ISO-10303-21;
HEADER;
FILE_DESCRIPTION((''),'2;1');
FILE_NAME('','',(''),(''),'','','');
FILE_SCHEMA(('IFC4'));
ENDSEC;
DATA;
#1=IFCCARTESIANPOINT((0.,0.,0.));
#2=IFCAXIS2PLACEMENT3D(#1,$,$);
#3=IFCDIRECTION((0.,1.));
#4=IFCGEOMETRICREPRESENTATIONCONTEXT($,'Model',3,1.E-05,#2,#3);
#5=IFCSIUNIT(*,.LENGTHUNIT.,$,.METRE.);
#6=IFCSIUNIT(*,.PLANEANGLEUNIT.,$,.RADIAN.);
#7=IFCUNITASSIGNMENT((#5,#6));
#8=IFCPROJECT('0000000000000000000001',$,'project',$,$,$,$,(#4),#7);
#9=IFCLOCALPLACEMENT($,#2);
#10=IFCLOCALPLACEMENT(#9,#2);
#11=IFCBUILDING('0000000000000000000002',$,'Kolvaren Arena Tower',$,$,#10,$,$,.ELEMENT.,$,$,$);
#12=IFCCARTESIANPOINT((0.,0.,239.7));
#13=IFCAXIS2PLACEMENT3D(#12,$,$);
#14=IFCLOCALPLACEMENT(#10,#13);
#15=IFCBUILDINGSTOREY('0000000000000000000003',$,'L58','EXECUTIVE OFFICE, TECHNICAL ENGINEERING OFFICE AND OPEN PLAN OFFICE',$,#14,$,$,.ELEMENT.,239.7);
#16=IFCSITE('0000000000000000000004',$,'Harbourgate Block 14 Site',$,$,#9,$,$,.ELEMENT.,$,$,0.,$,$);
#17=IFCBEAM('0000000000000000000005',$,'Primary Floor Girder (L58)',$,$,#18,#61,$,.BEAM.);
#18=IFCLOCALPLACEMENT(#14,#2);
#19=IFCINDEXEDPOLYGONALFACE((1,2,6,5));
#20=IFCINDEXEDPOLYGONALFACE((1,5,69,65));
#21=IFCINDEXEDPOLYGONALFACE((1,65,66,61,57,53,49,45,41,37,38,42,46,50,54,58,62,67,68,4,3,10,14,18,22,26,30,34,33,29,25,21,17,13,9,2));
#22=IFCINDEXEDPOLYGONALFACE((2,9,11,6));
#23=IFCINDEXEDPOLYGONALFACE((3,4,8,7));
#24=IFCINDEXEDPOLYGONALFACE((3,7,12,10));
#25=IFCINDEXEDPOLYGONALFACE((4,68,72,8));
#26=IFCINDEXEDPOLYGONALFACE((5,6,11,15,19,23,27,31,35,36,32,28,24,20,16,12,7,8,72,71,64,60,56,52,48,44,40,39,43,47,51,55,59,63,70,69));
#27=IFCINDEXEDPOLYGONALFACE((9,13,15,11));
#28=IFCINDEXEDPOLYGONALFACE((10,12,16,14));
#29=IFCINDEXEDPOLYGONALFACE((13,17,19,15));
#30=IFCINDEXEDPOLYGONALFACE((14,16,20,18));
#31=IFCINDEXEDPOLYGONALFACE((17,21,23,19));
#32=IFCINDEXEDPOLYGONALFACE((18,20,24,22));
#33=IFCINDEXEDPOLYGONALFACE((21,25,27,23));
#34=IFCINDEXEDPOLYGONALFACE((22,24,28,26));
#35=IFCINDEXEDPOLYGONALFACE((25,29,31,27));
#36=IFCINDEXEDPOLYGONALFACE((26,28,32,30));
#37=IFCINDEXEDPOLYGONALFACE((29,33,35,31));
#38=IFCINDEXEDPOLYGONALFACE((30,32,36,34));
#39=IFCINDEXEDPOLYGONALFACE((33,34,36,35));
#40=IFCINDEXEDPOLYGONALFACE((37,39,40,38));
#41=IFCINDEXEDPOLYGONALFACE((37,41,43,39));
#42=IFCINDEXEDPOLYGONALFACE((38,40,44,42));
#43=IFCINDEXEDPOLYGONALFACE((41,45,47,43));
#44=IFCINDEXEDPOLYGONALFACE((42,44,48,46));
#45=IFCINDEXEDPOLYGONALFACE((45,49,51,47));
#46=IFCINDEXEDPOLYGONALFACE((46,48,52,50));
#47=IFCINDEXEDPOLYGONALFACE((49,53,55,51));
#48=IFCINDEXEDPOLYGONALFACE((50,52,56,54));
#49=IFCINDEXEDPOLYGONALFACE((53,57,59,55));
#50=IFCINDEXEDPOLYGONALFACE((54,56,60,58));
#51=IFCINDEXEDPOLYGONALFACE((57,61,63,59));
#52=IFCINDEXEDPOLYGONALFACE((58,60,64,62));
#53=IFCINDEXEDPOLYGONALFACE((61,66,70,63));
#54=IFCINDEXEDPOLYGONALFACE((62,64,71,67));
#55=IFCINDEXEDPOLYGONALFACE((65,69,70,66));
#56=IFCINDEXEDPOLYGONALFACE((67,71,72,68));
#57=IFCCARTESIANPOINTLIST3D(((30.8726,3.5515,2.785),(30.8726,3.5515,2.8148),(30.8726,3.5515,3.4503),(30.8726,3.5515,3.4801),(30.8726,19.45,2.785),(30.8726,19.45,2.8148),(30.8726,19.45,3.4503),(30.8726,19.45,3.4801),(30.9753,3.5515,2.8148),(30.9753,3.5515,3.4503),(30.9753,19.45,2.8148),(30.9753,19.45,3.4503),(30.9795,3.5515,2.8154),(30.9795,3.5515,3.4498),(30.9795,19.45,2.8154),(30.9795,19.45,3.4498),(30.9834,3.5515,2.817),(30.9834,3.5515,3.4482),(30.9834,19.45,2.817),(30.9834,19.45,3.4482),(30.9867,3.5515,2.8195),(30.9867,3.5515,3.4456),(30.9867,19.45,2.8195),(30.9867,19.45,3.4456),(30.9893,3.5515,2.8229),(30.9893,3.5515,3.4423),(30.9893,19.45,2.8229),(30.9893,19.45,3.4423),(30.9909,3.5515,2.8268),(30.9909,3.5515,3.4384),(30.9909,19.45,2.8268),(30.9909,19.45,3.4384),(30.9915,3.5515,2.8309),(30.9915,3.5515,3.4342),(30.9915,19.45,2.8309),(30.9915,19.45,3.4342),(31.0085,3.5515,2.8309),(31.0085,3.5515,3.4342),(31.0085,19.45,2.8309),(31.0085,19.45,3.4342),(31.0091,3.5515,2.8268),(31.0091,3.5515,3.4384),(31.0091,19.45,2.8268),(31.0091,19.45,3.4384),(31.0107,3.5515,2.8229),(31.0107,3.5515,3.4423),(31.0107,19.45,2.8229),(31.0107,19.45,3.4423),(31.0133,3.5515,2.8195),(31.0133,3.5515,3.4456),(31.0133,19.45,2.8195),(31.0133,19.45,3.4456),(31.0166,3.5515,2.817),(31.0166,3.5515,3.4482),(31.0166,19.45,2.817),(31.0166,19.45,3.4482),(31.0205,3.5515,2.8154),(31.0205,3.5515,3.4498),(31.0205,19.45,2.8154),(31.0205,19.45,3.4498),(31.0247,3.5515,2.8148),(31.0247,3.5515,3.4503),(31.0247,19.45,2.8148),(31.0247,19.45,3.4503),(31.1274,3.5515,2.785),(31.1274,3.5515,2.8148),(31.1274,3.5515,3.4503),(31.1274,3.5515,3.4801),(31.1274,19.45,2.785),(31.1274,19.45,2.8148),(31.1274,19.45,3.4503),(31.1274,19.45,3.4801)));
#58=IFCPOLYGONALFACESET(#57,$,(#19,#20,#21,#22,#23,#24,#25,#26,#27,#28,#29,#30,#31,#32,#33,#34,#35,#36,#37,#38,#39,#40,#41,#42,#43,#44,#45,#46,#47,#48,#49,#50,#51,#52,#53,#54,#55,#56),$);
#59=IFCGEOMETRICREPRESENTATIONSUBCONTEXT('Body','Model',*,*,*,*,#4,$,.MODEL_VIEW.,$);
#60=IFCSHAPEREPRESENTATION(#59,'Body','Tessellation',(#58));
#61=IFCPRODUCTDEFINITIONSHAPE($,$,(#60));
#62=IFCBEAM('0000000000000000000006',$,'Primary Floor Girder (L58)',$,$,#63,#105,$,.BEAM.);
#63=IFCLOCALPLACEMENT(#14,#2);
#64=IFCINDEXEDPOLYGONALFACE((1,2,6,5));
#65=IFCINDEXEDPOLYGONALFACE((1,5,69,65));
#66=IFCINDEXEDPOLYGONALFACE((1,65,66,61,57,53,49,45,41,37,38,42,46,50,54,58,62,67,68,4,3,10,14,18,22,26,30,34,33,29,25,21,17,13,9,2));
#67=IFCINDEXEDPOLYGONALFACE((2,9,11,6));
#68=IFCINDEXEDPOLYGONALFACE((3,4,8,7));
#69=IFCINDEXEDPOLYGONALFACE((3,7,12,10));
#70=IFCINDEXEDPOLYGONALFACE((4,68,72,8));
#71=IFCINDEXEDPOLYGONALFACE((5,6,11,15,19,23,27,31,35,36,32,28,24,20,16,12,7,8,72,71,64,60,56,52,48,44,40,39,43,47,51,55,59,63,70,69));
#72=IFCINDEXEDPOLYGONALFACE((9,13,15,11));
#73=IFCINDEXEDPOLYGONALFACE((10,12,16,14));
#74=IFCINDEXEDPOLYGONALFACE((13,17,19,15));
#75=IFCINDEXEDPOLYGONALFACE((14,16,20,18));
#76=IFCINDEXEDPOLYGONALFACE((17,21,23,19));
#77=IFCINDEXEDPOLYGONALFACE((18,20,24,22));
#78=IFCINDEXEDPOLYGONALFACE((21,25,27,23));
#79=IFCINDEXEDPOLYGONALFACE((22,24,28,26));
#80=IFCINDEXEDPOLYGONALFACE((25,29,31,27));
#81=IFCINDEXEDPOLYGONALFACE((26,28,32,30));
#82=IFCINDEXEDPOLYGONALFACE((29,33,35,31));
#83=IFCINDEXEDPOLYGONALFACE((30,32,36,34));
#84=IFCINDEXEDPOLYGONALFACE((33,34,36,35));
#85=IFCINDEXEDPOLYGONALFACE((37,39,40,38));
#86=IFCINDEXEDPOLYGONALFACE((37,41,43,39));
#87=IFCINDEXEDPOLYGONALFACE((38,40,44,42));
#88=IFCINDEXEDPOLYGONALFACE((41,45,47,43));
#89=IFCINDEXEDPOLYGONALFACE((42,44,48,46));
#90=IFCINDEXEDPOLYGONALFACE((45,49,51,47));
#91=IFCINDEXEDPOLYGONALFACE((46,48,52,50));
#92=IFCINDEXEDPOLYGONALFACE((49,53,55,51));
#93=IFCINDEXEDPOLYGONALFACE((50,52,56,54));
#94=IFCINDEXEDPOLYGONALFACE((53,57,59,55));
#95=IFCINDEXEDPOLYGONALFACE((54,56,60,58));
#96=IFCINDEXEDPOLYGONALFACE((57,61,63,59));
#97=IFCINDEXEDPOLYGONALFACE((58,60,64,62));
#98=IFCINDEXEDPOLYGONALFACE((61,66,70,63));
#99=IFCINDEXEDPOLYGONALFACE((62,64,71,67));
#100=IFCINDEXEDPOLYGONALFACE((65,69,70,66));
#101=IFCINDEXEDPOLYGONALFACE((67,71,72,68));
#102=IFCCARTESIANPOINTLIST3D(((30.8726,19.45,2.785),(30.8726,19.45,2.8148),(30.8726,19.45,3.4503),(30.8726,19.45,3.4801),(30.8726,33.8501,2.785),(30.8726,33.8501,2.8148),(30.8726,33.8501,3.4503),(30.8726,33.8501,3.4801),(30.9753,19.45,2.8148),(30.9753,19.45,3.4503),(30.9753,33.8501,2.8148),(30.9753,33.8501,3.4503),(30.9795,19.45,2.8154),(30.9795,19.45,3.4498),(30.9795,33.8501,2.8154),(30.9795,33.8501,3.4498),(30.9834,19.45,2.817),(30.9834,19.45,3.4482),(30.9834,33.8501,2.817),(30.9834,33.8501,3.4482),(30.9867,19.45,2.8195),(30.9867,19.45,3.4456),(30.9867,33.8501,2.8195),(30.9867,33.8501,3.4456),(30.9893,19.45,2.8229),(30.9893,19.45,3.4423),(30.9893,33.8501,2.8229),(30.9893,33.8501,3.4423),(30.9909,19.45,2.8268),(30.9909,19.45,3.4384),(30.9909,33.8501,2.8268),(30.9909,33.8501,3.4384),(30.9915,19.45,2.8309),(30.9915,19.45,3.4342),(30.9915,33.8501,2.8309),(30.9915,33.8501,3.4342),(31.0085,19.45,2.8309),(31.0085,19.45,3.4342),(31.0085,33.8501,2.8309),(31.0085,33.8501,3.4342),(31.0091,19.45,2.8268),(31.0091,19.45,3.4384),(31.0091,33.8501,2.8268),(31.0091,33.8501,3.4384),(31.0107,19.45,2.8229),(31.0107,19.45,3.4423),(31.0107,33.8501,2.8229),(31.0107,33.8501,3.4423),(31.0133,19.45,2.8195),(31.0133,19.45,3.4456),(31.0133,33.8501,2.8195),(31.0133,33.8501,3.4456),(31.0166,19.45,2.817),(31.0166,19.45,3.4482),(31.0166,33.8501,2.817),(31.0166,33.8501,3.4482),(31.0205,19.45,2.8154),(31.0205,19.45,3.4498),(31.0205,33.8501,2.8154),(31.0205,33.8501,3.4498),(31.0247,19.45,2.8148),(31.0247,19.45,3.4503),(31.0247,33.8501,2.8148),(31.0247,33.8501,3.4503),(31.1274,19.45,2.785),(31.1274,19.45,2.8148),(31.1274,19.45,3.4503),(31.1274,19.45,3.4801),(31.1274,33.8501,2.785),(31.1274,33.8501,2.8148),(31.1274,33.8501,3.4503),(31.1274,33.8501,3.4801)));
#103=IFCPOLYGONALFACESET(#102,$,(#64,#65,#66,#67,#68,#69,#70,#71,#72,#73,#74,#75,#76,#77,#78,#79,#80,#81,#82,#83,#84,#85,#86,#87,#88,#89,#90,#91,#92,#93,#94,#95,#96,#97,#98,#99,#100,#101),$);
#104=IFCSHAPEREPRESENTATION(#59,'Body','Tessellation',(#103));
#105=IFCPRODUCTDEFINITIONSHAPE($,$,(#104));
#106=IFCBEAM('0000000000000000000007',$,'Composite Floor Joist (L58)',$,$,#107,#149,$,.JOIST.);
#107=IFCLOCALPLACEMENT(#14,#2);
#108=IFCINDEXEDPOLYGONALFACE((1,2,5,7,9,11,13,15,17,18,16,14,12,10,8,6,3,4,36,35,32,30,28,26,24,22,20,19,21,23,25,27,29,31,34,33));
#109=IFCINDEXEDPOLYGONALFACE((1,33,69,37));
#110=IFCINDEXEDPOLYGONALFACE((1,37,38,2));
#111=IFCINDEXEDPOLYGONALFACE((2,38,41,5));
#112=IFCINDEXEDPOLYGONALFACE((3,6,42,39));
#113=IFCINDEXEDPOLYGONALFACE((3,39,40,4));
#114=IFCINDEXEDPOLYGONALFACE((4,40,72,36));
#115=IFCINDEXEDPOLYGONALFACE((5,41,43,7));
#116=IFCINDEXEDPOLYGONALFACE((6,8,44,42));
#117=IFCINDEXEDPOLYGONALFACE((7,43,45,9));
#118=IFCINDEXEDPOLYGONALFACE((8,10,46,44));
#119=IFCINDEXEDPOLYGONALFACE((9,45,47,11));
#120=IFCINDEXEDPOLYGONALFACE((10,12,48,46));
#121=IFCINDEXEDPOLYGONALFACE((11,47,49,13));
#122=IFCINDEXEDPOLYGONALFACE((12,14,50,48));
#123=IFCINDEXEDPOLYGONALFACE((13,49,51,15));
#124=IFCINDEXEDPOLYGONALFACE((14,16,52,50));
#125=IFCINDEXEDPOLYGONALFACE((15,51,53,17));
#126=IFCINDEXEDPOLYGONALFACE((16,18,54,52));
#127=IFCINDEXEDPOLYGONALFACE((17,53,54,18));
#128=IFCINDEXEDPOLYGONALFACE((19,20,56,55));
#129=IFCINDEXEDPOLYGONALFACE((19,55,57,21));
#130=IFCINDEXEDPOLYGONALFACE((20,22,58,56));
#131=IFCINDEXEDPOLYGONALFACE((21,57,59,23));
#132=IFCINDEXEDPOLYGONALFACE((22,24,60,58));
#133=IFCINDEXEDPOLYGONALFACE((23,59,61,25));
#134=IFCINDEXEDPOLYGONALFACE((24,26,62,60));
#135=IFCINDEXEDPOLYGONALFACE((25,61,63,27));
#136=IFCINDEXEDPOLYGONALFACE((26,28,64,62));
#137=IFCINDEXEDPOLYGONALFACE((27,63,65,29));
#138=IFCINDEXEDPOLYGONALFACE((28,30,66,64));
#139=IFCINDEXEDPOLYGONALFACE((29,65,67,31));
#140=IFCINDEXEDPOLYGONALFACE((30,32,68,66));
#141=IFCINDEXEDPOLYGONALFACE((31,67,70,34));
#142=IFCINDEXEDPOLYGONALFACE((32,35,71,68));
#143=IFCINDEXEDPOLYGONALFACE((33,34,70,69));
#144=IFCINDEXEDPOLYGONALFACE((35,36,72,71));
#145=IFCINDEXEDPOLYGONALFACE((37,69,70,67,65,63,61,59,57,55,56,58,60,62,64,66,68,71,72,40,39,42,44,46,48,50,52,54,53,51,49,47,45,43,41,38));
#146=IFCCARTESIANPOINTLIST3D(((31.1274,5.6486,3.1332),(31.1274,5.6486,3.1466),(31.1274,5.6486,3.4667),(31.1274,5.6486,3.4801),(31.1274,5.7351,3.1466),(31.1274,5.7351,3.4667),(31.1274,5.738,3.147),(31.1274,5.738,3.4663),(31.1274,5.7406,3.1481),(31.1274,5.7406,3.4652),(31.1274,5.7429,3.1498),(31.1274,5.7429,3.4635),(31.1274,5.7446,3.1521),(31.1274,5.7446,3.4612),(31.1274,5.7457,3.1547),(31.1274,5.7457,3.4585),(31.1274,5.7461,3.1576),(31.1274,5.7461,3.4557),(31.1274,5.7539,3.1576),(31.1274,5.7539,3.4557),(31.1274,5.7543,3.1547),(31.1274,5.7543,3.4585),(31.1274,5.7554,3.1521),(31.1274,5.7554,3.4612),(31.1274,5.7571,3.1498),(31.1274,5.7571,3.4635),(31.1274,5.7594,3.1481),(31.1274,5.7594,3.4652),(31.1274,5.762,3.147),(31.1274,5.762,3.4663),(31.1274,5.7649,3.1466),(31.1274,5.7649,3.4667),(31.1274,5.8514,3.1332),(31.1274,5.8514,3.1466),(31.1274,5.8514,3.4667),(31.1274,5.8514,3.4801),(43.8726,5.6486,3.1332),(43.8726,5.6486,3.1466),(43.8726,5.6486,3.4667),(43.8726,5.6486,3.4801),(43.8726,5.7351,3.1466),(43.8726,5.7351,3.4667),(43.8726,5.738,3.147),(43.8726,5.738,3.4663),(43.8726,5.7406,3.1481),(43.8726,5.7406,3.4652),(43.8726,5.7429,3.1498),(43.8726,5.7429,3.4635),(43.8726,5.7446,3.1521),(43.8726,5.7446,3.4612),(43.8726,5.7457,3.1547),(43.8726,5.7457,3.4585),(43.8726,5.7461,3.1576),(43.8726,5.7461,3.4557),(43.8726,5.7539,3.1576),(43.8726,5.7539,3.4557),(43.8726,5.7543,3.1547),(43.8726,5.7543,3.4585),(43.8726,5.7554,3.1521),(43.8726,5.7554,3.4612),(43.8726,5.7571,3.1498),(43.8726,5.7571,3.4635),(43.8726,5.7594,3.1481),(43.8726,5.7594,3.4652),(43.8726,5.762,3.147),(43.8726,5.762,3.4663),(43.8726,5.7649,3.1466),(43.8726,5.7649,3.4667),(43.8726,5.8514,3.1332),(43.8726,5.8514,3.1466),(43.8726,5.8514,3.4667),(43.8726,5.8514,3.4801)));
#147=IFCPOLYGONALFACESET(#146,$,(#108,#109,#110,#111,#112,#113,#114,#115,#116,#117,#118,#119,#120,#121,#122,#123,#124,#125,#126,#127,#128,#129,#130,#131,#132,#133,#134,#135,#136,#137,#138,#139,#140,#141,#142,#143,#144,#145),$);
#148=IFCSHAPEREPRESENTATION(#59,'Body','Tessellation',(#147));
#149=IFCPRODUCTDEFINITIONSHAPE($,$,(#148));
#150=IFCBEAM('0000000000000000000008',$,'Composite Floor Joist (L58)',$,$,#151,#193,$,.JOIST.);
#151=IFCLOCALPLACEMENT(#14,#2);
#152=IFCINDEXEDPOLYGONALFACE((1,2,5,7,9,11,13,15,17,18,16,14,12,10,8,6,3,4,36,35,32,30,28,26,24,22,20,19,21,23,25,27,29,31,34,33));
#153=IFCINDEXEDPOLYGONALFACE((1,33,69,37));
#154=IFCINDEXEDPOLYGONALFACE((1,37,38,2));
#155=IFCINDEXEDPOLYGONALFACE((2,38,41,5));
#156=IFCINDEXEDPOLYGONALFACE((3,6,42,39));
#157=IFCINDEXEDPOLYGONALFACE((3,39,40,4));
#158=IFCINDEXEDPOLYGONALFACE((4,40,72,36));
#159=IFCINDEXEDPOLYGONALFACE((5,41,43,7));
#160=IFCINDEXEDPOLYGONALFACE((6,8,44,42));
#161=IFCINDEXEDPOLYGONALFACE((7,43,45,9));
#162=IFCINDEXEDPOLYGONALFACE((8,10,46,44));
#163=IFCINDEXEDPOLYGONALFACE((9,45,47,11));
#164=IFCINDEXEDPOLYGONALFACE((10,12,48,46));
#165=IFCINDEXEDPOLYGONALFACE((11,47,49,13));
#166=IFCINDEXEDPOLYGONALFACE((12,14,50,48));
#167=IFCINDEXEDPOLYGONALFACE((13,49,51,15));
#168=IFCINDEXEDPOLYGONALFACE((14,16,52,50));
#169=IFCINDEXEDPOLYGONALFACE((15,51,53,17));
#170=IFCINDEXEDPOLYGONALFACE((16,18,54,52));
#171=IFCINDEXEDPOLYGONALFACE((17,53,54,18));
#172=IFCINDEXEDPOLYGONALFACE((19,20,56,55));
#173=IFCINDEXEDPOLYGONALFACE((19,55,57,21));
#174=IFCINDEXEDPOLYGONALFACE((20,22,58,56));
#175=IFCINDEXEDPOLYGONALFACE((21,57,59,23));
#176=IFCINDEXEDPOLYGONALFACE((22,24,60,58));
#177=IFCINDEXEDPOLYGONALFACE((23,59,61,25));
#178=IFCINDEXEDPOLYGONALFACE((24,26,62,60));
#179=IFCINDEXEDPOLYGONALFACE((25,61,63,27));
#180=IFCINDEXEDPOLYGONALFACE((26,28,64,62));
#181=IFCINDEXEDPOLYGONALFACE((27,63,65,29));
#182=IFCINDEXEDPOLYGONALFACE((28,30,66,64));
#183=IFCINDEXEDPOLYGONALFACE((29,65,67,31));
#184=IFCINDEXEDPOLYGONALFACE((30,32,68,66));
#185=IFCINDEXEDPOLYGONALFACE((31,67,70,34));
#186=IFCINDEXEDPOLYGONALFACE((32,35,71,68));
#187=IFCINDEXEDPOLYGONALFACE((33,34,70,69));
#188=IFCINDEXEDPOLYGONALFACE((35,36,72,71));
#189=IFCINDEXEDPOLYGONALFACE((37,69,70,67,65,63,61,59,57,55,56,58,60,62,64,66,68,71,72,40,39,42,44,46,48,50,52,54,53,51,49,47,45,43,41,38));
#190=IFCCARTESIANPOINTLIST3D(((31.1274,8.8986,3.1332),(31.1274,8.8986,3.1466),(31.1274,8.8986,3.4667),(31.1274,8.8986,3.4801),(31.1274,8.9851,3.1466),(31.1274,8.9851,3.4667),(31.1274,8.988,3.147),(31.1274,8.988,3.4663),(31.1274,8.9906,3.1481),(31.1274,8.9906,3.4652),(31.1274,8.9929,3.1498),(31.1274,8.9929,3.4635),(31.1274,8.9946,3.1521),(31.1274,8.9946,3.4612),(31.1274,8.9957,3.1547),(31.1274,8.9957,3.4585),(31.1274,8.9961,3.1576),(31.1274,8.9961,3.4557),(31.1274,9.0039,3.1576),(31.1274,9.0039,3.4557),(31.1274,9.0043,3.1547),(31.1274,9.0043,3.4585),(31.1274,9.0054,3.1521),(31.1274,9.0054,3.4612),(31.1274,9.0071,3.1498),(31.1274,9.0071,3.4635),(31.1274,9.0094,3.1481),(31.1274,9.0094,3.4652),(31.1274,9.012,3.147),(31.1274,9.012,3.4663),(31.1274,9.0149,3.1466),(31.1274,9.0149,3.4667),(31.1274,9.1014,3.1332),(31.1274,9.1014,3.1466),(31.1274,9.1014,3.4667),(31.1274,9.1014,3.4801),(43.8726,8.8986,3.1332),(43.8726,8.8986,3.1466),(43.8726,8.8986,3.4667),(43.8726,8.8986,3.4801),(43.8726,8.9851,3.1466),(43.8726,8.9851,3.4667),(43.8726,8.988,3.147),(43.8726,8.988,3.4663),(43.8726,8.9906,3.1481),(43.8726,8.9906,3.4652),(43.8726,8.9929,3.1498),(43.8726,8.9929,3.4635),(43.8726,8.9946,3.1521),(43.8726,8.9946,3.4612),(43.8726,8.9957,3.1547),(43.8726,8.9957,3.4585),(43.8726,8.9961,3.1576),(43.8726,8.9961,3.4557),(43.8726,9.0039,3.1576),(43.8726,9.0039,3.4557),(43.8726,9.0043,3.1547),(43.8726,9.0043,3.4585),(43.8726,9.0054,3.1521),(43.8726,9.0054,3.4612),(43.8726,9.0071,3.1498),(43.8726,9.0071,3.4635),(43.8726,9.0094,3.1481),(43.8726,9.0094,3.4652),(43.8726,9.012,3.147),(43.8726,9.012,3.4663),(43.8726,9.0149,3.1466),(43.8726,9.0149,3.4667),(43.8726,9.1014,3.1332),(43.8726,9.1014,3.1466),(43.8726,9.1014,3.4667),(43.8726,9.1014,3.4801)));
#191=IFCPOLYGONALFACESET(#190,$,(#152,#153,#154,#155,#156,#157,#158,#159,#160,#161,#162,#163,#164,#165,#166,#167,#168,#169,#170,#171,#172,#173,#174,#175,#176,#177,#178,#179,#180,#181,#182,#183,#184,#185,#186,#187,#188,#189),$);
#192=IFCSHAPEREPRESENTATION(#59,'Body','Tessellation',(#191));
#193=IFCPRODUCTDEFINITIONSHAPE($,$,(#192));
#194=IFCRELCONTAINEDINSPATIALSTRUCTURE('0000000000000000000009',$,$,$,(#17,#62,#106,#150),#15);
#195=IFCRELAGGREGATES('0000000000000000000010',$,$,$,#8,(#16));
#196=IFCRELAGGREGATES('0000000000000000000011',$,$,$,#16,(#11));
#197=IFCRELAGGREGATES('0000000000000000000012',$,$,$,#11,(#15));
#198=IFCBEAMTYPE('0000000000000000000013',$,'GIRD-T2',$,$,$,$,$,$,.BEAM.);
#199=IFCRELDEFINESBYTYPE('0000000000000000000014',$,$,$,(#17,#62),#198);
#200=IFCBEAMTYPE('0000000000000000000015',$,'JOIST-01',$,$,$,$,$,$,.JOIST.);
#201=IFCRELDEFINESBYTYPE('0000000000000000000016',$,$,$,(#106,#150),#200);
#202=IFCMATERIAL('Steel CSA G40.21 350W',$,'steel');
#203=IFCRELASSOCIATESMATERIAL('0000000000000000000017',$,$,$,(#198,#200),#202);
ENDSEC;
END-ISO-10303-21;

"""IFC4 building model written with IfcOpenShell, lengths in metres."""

from ifc_helpers import new_model, si_unit, direction, frame, origin, origin_2d, place, context, subcontext, project, spatial, i_section, extrude, material, material_profile, profile_set, type_object, element, save


model = new_model("IFC4")

# Units and contexts
model_context = context("Model", 3, precision=1e-05, world=origin(), true_north=direction((0.0, 1.0)))
body_context = subcontext(model_context, "Body", "Model", "MODEL_VIEW")
ifc_project = project(units=[si_unit("LENGTHUNIT", "METRE"), si_unit("PLANEANGLEUNIT", "RADIAN")], contexts=[model_context])

# Site, building, storey
site_placement = place(None, origin())
site = spatial("IfcSite", under=ifc_project, at=site_placement, Name="Harbourgate Block 14 Site", CompositionType="ELEMENT", RefElevation=0.0)
building_placement = place(site_placement, origin())
building = spatial("IfcBuilding", under=site, at=building_placement, Name="Kolvaren Arena Tower", CompositionType="ELEMENT")
storey_placement = place(building_placement, frame((0.0, 0.0, 239.7)))
storey = spatial("IfcBuildingStorey", under=building, at=storey_placement, Name="L58", Description="EXECUTIVE OFFICE, TECHNICAL ENGINEERING OFFICE AND OPEN PLAN OFFICE", CompositionType="ELEMENT", Elevation=239.7)

# Beams
ifc_material_1 = material(Name="Steel CSA G40.21 350W", Category="steel")
ifc_material_profile_1 = material_profile(ifc_material_1, i_section(OverallWidth=0.2549, OverallDepth=0.6951, WebThickness=0.0171, FlangeThickness=0.0298, FilletRadius=0.0161, at=origin_2d()), Name="W690x217")
ifc_profile_set_1 = profile_set([ifc_material_profile_1], Name="Steel CSA G40.21 350W")
beam_type_1 = type_object("IfcBeamType", Name="GIRD-T2", PredefinedType="BEAM", material=ifc_profile_set_1)
beam_1_placement = place(storey_placement, frame((31.0, 3.5515, 3.1326), z_axis=(0.0, 1.0, 0.0), x_axis=(-1.0, 0.0, 0.0)))
element("IfcBeam", 1, at=beam_1_placement, inside=storey, type_object=beam_type_1, Name="Primary Floor Girder (L58)", PredefinedType="BEAM", context=body_context, shape_type="SweptSolid", body=[
    extrude(i_section(OverallWidth=0.2549, OverallDepth=0.6951, WebThickness=0.0171, FlangeThickness=0.0298, FilletRadius=0.0161, at=origin_2d()), origin(), (0.0, 0.0, 1.0), 15.8984),
])
beam_2_placement = place(storey_placement, frame((31.0, 19.45, 3.1326), z_axis=(0.0, 1.0, 0.0), x_axis=(-1.0, 0.0, 0.0)))
element("IfcBeam", 2, at=beam_2_placement, inside=storey, type_object=beam_type_1, Name="Primary Floor Girder (L58)", PredefinedType="BEAM", context=body_context, shape_type="SweptSolid", body=[
    extrude(i_section(OverallWidth=0.2549, OverallDepth=0.6951, WebThickness=0.0171, FlangeThickness=0.0298, FilletRadius=0.0161, at=origin_2d()), origin(), (0.0, 0.0, 1.0), 14.4001),
])
ifc_material_profile_2 = material_profile(ifc_material_1, i_section(OverallWidth=0.2029, OverallDepth=0.3469, WebThickness=0.0078, FlangeThickness=0.0134, FilletRadius=0.011, at=origin_2d()), Name="W360x64")
ifc_profile_set_2 = profile_set([ifc_material_profile_2], Name="Steel CSA G40.21 350W")
beam_type_2 = type_object("IfcBeamType", Name="JOIST-01", PredefinedType="JOIST", material=ifc_profile_set_2)
for number, where, z_axis, x_axis, name in (
    (3, (31.1274, 5.75, 3.3066), (1.0, 0.0, 0.0), (0.0, 1.0, 0.0), "Composite Floor Joist (L58)"),
    (4, (31.1274, 9.0, 3.3066), (1.0, 0.0, 0.0), (0.0, 1.0, 0.0), "Composite Floor Joist (L58)"),
):
    element("IfcBeam", number, at=place(storey_placement, frame(where, z_axis=z_axis, x_axis=x_axis)), inside=storey, type_object=beam_type_2, Name=name, PredefinedType="JOIST", context=body_context, shape_type="SweptSolid", body=[
        extrude(i_section(OverallWidth=0.2029, OverallDepth=0.3469, WebThickness=0.0078, FlangeThickness=0.0134, FilletRadius=0.011, at=origin_2d()), origin(), (0.0, 0.0, 1.0), 12.7451),
    ])

save(model, "model.ifc")
